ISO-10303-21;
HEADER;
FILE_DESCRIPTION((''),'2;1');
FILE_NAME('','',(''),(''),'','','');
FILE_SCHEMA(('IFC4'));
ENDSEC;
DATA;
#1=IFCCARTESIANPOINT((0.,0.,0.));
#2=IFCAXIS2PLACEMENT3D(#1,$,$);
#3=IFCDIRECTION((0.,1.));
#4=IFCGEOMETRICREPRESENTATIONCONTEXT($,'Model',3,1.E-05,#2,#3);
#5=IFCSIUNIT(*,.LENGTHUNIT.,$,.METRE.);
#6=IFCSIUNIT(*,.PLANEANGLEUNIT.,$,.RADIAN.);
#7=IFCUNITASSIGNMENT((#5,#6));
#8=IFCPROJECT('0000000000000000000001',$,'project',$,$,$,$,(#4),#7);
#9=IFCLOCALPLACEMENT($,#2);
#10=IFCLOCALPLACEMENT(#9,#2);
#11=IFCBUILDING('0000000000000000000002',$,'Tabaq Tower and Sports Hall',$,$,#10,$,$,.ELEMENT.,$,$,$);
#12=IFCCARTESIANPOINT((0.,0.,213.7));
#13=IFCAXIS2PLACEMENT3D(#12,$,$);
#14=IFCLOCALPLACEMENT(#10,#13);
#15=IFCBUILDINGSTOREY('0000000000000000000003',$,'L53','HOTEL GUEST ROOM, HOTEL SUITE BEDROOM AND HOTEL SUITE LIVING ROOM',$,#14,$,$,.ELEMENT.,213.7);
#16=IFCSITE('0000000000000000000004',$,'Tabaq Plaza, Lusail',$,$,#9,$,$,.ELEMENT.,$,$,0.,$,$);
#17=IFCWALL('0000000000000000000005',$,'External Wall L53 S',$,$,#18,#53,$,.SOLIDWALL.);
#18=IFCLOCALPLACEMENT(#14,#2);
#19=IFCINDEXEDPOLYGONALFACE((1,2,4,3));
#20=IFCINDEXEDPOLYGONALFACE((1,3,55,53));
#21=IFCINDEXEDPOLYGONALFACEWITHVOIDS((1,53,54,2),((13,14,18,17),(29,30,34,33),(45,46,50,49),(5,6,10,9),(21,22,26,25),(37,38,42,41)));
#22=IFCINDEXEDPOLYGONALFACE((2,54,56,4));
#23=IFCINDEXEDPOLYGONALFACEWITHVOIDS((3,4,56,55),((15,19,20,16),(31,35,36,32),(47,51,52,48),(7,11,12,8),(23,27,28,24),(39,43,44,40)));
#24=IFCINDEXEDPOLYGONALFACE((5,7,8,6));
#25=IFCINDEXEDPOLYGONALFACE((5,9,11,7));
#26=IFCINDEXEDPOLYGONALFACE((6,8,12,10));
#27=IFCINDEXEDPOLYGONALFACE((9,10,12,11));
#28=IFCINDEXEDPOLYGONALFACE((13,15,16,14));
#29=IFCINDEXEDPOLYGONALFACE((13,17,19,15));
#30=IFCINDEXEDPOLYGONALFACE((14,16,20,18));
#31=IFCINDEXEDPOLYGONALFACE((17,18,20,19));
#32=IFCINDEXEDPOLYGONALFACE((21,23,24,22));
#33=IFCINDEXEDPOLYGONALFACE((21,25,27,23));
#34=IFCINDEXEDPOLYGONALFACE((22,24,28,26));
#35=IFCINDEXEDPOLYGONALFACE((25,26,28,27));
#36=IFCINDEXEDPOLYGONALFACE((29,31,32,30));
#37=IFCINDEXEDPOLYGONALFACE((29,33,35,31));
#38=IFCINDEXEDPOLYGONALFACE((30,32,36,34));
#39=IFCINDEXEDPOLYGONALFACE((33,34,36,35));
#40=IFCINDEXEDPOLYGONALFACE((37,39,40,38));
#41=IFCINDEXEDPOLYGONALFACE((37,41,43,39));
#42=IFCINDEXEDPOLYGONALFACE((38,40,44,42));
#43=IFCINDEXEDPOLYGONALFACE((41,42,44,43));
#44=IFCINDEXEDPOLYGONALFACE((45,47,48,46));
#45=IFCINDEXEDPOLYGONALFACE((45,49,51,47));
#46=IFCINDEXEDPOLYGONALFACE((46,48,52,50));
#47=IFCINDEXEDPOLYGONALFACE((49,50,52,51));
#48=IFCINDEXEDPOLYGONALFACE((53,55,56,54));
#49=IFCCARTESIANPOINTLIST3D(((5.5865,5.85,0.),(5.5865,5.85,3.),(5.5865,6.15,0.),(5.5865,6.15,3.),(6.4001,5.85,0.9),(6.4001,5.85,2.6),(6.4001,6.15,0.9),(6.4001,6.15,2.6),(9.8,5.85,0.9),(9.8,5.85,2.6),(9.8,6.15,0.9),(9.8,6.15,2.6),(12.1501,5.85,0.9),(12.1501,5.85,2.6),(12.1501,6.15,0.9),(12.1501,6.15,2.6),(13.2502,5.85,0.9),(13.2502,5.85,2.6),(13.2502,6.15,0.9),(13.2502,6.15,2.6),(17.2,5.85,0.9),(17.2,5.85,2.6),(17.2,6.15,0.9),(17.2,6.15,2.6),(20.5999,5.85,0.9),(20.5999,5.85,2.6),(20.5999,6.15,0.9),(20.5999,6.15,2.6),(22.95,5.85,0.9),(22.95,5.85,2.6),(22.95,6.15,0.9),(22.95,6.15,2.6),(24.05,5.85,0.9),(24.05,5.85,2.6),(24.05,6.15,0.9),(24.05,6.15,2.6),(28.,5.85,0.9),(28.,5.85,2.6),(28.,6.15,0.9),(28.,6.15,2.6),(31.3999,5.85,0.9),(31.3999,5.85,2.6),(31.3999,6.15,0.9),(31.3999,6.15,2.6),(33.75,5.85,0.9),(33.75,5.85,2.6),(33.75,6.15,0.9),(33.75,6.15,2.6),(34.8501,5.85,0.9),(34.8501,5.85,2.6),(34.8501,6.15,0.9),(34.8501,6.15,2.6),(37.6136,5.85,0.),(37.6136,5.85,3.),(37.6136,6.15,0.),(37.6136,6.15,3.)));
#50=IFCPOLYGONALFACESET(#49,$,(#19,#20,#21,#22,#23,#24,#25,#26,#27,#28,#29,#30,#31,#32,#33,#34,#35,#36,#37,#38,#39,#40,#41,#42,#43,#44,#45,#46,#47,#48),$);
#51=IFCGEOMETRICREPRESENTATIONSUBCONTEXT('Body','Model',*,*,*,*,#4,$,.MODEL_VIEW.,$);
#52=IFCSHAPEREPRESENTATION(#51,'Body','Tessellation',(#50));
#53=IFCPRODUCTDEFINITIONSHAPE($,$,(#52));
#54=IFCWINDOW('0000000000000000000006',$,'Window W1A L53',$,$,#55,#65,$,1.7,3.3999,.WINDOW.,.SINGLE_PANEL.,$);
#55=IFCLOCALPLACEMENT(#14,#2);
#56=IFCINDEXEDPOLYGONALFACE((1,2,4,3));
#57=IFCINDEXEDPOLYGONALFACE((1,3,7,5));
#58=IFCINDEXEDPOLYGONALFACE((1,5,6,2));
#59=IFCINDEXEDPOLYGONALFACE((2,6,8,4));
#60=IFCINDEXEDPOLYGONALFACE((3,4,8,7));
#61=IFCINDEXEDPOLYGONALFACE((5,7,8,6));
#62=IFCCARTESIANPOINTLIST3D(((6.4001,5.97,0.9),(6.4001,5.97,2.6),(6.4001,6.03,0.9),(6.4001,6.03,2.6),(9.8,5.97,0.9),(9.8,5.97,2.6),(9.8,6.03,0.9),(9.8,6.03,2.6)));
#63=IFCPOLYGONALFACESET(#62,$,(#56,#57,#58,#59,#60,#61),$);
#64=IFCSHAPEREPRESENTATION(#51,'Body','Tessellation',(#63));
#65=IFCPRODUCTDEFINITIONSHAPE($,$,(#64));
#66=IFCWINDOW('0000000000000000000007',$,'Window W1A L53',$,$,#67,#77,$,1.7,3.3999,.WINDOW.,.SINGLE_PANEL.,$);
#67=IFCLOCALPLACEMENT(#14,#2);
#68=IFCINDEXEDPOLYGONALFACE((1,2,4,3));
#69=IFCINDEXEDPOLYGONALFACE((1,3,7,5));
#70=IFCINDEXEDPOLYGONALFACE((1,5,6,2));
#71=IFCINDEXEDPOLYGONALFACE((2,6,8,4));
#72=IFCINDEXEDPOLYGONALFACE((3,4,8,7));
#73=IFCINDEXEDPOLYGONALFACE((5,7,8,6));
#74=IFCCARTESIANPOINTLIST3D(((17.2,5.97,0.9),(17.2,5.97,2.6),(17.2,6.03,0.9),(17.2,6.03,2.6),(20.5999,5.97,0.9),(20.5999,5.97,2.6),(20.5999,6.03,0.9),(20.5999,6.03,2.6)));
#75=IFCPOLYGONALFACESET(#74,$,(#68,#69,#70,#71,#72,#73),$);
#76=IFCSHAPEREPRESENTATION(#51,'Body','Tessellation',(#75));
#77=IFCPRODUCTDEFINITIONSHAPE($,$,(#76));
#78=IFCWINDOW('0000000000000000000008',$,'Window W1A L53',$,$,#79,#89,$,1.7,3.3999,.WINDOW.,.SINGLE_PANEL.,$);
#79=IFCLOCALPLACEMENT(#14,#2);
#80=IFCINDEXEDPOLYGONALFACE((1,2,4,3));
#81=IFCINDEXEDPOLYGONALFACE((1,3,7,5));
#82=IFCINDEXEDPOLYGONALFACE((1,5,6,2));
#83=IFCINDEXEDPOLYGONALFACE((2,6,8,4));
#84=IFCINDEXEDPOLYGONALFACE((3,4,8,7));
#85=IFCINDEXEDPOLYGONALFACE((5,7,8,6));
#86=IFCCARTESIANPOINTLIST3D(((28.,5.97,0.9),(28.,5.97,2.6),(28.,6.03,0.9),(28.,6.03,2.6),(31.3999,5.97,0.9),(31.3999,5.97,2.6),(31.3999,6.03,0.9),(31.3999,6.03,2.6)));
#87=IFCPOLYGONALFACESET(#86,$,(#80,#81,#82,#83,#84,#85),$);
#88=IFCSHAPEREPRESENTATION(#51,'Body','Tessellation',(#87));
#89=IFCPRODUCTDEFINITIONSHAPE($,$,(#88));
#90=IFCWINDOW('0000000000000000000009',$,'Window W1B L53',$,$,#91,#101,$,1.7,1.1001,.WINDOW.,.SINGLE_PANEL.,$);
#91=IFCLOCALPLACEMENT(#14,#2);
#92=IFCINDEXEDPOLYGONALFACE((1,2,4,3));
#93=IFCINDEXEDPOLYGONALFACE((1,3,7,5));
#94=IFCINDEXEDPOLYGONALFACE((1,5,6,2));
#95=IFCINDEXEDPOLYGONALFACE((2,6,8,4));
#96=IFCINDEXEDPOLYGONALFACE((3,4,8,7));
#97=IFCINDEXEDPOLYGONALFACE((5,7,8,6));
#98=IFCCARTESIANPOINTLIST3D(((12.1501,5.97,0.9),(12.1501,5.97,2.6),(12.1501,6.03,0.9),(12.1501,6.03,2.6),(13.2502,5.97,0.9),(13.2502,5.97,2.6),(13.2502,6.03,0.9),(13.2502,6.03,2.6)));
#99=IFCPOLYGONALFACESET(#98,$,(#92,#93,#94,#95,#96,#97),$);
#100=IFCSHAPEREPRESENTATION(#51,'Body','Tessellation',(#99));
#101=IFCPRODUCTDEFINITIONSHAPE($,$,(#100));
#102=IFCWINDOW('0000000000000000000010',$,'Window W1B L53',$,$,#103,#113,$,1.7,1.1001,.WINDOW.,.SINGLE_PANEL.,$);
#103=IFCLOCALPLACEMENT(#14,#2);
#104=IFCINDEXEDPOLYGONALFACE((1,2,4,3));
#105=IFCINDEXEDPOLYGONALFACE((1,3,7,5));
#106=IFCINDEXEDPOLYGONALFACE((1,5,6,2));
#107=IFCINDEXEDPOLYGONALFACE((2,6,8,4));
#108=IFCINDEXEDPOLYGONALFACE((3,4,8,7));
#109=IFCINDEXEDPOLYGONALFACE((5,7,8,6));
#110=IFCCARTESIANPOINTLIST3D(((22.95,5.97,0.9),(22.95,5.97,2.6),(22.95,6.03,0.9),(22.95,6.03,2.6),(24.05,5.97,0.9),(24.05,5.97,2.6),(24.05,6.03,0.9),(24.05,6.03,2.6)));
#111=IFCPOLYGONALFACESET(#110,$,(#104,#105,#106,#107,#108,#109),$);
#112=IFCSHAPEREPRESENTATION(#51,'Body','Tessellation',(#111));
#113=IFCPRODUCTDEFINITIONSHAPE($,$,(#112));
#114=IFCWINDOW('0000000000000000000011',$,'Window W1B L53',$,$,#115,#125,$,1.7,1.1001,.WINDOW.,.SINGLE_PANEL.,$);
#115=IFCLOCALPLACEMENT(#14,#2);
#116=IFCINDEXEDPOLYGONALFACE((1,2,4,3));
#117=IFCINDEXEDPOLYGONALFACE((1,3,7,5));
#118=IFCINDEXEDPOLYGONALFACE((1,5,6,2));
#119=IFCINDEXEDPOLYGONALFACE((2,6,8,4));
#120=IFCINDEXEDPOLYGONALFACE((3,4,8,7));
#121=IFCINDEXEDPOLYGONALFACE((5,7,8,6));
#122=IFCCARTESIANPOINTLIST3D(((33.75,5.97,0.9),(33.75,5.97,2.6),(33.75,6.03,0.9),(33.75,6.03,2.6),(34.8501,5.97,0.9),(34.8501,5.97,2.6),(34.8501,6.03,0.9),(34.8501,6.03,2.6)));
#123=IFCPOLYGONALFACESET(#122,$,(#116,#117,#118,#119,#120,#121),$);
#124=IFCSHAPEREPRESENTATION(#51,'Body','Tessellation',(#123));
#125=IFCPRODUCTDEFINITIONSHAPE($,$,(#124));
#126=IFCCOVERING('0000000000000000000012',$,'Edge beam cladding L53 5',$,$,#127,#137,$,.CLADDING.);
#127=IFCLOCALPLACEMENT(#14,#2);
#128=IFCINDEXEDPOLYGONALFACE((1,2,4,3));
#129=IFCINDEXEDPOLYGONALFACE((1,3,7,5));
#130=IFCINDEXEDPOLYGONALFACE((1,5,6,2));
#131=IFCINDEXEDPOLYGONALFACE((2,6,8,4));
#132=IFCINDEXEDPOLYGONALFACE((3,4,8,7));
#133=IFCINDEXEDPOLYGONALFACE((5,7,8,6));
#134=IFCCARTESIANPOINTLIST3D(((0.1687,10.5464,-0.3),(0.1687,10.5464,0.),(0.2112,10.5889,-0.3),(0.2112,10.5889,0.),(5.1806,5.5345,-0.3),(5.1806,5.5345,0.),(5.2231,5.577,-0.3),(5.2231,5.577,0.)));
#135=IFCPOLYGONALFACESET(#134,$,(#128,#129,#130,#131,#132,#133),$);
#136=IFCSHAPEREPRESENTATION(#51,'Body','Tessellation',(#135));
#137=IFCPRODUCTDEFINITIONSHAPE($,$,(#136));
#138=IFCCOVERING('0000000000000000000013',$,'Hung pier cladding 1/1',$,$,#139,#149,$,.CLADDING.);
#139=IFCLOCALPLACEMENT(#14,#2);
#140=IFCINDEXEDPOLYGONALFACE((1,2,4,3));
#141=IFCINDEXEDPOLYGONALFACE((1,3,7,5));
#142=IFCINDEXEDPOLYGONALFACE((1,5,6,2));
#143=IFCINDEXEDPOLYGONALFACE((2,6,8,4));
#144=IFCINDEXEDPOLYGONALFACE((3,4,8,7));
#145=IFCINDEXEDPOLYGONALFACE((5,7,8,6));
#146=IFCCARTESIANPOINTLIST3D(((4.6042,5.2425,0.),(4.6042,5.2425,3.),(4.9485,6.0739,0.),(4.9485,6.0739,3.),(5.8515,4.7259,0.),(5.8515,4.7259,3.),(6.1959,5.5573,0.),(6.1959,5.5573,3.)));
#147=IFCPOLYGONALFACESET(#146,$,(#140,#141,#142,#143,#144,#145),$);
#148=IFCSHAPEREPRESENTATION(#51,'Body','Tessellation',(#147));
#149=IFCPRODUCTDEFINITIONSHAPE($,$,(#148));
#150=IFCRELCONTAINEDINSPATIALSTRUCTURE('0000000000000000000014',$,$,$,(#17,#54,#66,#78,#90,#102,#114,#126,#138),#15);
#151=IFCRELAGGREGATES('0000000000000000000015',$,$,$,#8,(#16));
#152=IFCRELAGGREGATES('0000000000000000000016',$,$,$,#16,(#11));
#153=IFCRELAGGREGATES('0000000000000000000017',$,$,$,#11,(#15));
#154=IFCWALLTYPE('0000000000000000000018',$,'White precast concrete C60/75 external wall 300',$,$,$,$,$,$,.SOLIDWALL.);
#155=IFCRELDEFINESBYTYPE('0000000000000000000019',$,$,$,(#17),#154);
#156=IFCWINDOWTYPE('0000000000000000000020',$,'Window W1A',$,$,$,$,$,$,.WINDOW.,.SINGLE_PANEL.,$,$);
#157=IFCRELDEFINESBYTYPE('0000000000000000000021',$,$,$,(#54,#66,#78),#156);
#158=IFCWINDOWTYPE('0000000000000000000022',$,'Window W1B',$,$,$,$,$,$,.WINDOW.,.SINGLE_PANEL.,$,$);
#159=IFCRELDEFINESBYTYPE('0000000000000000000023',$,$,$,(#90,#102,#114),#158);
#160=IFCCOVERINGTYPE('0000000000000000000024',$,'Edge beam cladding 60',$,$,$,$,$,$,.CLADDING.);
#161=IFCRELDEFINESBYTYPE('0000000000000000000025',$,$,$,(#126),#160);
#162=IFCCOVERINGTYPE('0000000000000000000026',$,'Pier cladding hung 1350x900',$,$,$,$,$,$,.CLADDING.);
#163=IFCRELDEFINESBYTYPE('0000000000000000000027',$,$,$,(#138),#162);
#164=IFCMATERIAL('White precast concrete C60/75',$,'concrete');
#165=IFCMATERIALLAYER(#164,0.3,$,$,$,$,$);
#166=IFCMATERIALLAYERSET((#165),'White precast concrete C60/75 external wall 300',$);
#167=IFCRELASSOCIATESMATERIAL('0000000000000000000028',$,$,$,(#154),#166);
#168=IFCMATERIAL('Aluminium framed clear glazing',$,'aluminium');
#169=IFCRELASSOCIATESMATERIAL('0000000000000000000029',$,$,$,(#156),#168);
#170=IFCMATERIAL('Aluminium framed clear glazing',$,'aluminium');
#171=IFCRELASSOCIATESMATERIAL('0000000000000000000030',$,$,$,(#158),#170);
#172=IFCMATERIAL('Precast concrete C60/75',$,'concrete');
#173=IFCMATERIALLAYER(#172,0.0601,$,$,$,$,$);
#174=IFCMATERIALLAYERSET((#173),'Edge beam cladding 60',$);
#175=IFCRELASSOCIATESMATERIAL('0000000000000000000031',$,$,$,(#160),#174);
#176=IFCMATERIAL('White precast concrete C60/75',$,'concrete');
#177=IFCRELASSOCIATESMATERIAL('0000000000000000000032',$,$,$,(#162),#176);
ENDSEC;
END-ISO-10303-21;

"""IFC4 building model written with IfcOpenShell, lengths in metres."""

from ifc_helpers import new_model, si_unit, direction, frame, frame_2d, origin, place, context, subcontext, project, spatial, rectangle, extrude, material, layer, layer_set, type_object, element, fill, save


model = new_model("IFC4")

# Units and contexts
model_context = context("Model", 3, precision=1e-05, world=origin(), true_north=direction((0.0, 1.0)))
body_context = subcontext(model_context, "Body", "Model", "MODEL_VIEW")
ifc_project = project(units=[si_unit("LENGTHUNIT", "METRE"), si_unit("PLANEANGLEUNIT", "RADIAN")], contexts=[model_context])

# Site, building, storey
site_placement = place(None, origin())
site = spatial("IfcSite", under=ifc_project, at=site_placement, Name="Tabaq Plaza, Lusail", CompositionType="ELEMENT", RefElevation=0.0)
building_placement = place(site_placement, origin())
building = spatial("IfcBuilding", under=site, at=building_placement, Name="Tabaq Tower and Sports Hall", CompositionType="ELEMENT")
storey_placement = place(building_placement, frame((0.0, 0.0, 213.7)))
storey = spatial("IfcBuildingStorey", under=building, at=storey_placement, Name="L53", Description="HOTEL GUEST ROOM, HOTEL SUITE BEDROOM AND HOTEL SUITE LIVING ROOM", CompositionType="ELEMENT", Elevation=213.7)

# Wall, openings, windows
ifc_material_1 = material(Name="White precast concrete C60/75", Category="concrete")
ifc_layer_1 = layer(ifc_material_1, 0.3)
ifc_layer_set_1 = layer_set([ifc_layer_1], Name="White precast concrete C60/75 external wall 300")
wall_type_1 = type_object("IfcWallType", Name="White precast concrete C60/75 external wall 300", PredefinedType="SOLIDWALL", material=ifc_layer_set_1)
wall_1_placement = place(storey_placement, frame((5.5864, 6.0, 0.0), z_axis=(0.0, 0.0, 1.0), x_axis=(1.0, 0.0, 0.0)))
wall_1 = element("IfcWall", 1, at=wall_1_placement, inside=storey, type_object=wall_type_1, Name="External Wall L53 S", PredefinedType="SOLIDWALL", context=body_context, shape_type="SweptSolid", body=[
    extrude(rectangle(XDim=32.0271, YDim=0.3, at=frame_2d((16.0137, 0.0))), origin(), (0.0, 0.0, 1.0), 3.0),
])
opening_1_placement = place(wall_1_placement, frame((0.8137, 0.0, 0.8999)))
opening_1 = element("IfcOpeningElement", 2, at=opening_1_placement, cuts=wall_1, PredefinedType="OPENING", context=body_context, shape_type="SweptSolid", body=[
    extrude(rectangle(XDim=3.3999, YDim=1.7, at=frame_2d((1.7, 0.8501))), frame((0.0, 0.1602, 0.0), z_axis=(0.0, -1.0, 0.0), x_axis=(1.0, 0.0, 0.0)), (0.0, 0.0, 1.0), 0.3201),
])
opening_2_placement = place(wall_1_placement, frame((6.5637, 0.0, 0.8999)))
opening_2 = element("IfcOpeningElement", 3, at=opening_2_placement, cuts=wall_1, PredefinedType="OPENING", context=body_context, shape_type="SweptSolid", body=[
    extrude(rectangle(XDim=1.1001, YDim=1.7, at=frame_2d((0.55, 0.8501))), frame((0.0, 0.1602, 0.0), z_axis=(0.0, -1.0, 0.0), x_axis=(1.0, 0.0, 0.0)), (0.0, 0.0, 1.0), 0.3201),
])
opening_3_placement = place(wall_1_placement, frame((11.6135, 0.0, 0.8999)))
opening_3 = element("IfcOpeningElement", 4, at=opening_3_placement, cuts=wall_1, PredefinedType="OPENING", context=body_context, shape_type="SweptSolid", body=[
    extrude(rectangle(XDim=3.3999, YDim=1.7, at=frame_2d((1.7, 0.8501))), frame((0.0, 0.1602, 0.0), z_axis=(0.0, -1.0, 0.0), x_axis=(1.0, 0.0, 0.0)), (0.0, 0.0, 1.0), 0.3201),
])
opening_4_placement = place(wall_1_placement, frame((17.3635, 0.0, 0.8999)))
opening_4 = element("IfcOpeningElement", 5, at=opening_4_placement, cuts=wall_1, PredefinedType="OPENING", context=body_context, shape_type="SweptSolid", body=[
    extrude(rectangle(XDim=1.1001, YDim=1.7, at=frame_2d((0.55, 0.8501))), frame((0.0, 0.1602, 0.0), z_axis=(0.0, -1.0, 0.0), x_axis=(1.0, 0.0, 0.0)), (0.0, 0.0, 1.0), 0.3201),
])
opening_5_placement = place(wall_1_placement, frame((22.4136, 0.0, 0.8999)))
opening_5 = element("IfcOpeningElement", 6, at=opening_5_placement, cuts=wall_1, PredefinedType="OPENING", context=body_context, shape_type="SweptSolid", body=[
    extrude(rectangle(XDim=3.3999, YDim=1.7, at=frame_2d((1.7, 0.8501))), frame((0.0, 0.1602, 0.0), z_axis=(0.0, -1.0, 0.0), x_axis=(1.0, 0.0, 0.0)), (0.0, 0.0, 1.0), 0.3201),
])
opening_6_placement = place(wall_1_placement, frame((28.1636, 0.0, 0.8999)))
opening_6 = element("IfcOpeningElement", 7, at=opening_6_placement, cuts=wall_1, PredefinedType="OPENING", context=body_context, shape_type="SweptSolid", body=[
    extrude(rectangle(XDim=1.1001, YDim=1.7, at=frame_2d((0.55, 0.8501))), frame((0.0, 0.1602, 0.0), z_axis=(0.0, -1.0, 0.0), x_axis=(1.0, 0.0, 0.0)), (0.0, 0.0, 1.0), 0.3201),
])
ifc_material_2 = material(Name="Aluminium framed clear glazing", Category="aluminium")
window_type_1 = type_object("IfcWindowType", Name="Window W1A", PartitioningType="SINGLE_PANEL", PredefinedType="WINDOW", material=ifc_material_2)
window_1_placement = place(opening_1_placement, origin())
window_1 = element("IfcWindow", 8, at=window_1_placement, inside=storey, type_object=window_type_1, Name="Window W1A L53", OverallHeight=1.7, OverallWidth=3.3999, PartitioningType="SINGLE_PANEL", PredefinedType="WINDOW", context=body_context, shape_type="SweptSolid", body=[
    extrude(rectangle(XDim=3.3999, YDim=1.7, at=frame_2d((1.7, 0.8501))), frame((0.0, 0.03, 0.0), z_axis=(0.0, -1.0, 0.0), x_axis=(1.0, 0.0, 0.0)), (0.0, 0.0, 1.0), 0.0601),
])
fill(opening_1, window_1)
window_2_placement = place(opening_3_placement, origin())
window_2 = element("IfcWindow", 9, at=window_2_placement, inside=storey, type_object=window_type_1, Name="Window W1A L53", OverallHeight=1.7, OverallWidth=3.3999, PartitioningType="SINGLE_PANEL", PredefinedType="WINDOW", context=body_context, shape_type="SweptSolid", body=[
    extrude(rectangle(XDim=3.3999, YDim=1.7, at=frame_2d((1.7, 0.8501))), frame((0.0, 0.03, 0.0), z_axis=(0.0, -1.0, 0.0), x_axis=(1.0, 0.0, 0.0)), (0.0, 0.0, 1.0), 0.0601),
])
fill(opening_3, window_2)
window_3_placement = place(opening_5_placement, origin())
window_3 = element("IfcWindow", 10, at=window_3_placement, inside=storey, type_object=window_type_1, Name="Window W1A L53", OverallHeight=1.7, OverallWidth=3.3999, PartitioningType="SINGLE_PANEL", PredefinedType="WINDOW", context=body_context, shape_type="SweptSolid", body=[
    extrude(rectangle(XDim=3.3999, YDim=1.7, at=frame_2d((1.7, 0.8501))), frame((0.0, 0.03, 0.0), z_axis=(0.0, -1.0, 0.0), x_axis=(1.0, 0.0, 0.0)), (0.0, 0.0, 1.0), 0.0601),
])
fill(opening_5, window_3)
ifc_material_3 = material(Name="Aluminium framed clear glazing", Category="aluminium")
window_type_2 = type_object("IfcWindowType", Name="Window W1B", PartitioningType="SINGLE_PANEL", PredefinedType="WINDOW", material=ifc_material_3)
window_4_placement = place(opening_2_placement, origin())
window_4 = element("IfcWindow", 11, at=window_4_placement, inside=storey, type_object=window_type_2, Name="Window W1B L53", OverallHeight=1.7, OverallWidth=1.1001, PartitioningType="SINGLE_PANEL", PredefinedType="WINDOW", context=body_context, shape_type="SweptSolid", body=[
    extrude(rectangle(XDim=1.1001, YDim=1.7, at=frame_2d((0.55, 0.8501))), frame((0.0, 0.03, 0.0), z_axis=(0.0, -1.0, 0.0), x_axis=(1.0, 0.0, 0.0)), (0.0, 0.0, 1.0), 0.0601),
])
fill(opening_2, window_4)
window_5_placement = place(opening_4_placement, origin())
window_5 = element("IfcWindow", 12, at=window_5_placement, inside=storey, type_object=window_type_2, Name="Window W1B L53", OverallHeight=1.7, OverallWidth=1.1001, PartitioningType="SINGLE_PANEL", PredefinedType="WINDOW", context=body_context, shape_type="SweptSolid", body=[
    extrude(rectangle(XDim=1.1001, YDim=1.7, at=frame_2d((0.55, 0.8501))), frame((0.0, 0.03, 0.0), z_axis=(0.0, -1.0, 0.0), x_axis=(1.0, 0.0, 0.0)), (0.0, 0.0, 1.0), 0.0601),
])
fill(opening_4, window_5)
window_6_placement = place(opening_6_placement, origin())
window_6 = element("IfcWindow", 13, at=window_6_placement, inside=storey, type_object=window_type_2, Name="Window W1B L53", OverallHeight=1.7, OverallWidth=1.1001, PartitioningType="SINGLE_PANEL", PredefinedType="WINDOW", context=body_context, shape_type="SweptSolid", body=[
    extrude(rectangle(XDim=1.1001, YDim=1.7, at=frame_2d((0.55, 0.8501))), frame((0.0, 0.03, 0.0), z_axis=(0.0, -1.0, 0.0), x_axis=(1.0, 0.0, 0.0)), (0.0, 0.0, 1.0), 0.0601),
])
fill(opening_6, window_6)

# Coverings
ifc_material_4 = material(Name="Precast concrete C60/75", Category="concrete")
ifc_layer_2 = layer(ifc_material_4, 0.0601)
ifc_layer_set_2 = layer_set([ifc_layer_2], Name="Edge beam cladding 60")
covering_type_1 = type_object("IfcCoveringType", Name="Edge beam cladding 60", PredefinedType="CLADDING", material=ifc_layer_set_2)
covering_1_placement = place(storey_placement, frame((0.1899, 10.5676, -0.3), z_axis=(0.0, 0.0, 1.0), x_axis=(0.707107, -0.707107, 0.0)))
element("IfcCovering", 14, at=covering_1_placement, inside=storey, type_object=covering_type_1, Name="Edge beam cladding L53 5", PredefinedType="CLADDING", context=body_context, shape_type="SweptSolid", body=[
    extrude(rectangle(XDim=7.0879, YDim=0.0601, at=frame_2d((3.5439, 0.0))), origin(), (0.0, 0.0, 1.0), 0.3),
])
ifc_material_5 = material(Name="White precast concrete C60/75", Category="concrete")
covering_type_2 = type_object("IfcCoveringType", Name="Pier cladding hung 1350x900", PredefinedType="CLADDING", material=ifc_material_5)
covering_2_placement = place(storey_placement, frame((4.7764, 5.6582, 0.0), z_axis=(0.0, 0.0, 1.0), x_axis=(0.923893, -0.38265, 0.0)))
element("IfcCovering", 15, at=covering_2_placement, inside=storey, type_object=covering_type_2, Name="Hung pier cladding 1/1", PredefinedType="CLADDING", context=body_context, shape_type="SweptSolid", body=[
    extrude(rectangle(XDim=1.3501, YDim=0.8999, at=frame_2d((0.675, 0.0))), origin(), (0.0, 0.0, 1.0), 3.0),
])

save(model, "model.ifc")
